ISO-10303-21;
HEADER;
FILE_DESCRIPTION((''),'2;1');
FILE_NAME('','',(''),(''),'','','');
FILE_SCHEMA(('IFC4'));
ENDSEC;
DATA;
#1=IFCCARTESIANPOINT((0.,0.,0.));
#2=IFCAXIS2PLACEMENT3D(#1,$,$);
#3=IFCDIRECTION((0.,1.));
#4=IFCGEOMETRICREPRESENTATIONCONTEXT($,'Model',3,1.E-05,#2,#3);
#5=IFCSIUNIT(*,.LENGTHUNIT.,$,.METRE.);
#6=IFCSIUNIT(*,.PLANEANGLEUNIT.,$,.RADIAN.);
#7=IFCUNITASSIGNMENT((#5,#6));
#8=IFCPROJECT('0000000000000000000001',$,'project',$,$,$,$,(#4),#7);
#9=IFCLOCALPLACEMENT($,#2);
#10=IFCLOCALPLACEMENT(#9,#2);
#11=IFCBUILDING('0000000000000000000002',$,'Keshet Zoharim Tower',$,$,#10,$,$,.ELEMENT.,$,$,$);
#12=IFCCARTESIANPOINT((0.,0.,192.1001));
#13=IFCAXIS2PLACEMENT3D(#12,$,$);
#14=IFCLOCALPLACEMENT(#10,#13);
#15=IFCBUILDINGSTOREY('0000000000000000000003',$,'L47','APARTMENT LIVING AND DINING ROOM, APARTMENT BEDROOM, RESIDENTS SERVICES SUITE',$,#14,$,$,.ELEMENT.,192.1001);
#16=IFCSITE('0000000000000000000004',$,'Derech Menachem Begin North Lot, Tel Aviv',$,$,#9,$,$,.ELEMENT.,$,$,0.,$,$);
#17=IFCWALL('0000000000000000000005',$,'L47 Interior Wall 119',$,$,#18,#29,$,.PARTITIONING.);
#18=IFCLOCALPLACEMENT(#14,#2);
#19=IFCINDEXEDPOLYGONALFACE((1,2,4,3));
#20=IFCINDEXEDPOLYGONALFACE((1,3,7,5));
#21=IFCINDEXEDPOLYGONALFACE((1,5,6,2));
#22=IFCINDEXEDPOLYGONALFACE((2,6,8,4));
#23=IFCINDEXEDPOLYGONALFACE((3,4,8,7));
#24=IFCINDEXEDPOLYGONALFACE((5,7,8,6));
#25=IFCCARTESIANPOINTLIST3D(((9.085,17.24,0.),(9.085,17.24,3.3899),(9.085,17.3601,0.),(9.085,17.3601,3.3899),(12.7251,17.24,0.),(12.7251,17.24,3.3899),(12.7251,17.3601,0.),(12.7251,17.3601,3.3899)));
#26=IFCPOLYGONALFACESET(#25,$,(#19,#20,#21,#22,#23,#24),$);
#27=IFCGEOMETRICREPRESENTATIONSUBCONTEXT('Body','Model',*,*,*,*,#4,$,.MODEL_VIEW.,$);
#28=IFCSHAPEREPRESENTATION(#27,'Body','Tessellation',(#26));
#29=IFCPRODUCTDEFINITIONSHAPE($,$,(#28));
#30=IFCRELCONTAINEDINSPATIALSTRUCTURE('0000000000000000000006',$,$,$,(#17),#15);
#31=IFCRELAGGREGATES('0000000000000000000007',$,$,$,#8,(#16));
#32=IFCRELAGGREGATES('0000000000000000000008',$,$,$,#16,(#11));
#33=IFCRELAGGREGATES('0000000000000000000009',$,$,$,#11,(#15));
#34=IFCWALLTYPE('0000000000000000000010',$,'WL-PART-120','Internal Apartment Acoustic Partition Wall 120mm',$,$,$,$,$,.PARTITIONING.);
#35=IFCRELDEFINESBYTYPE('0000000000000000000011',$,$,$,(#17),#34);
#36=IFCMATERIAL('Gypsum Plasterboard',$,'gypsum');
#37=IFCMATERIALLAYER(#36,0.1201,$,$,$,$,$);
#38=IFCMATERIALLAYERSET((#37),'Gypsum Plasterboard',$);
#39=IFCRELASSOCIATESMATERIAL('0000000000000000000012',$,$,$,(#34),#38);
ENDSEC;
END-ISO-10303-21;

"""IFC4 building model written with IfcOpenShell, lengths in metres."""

from ifc_helpers import new_model, si_unit, direction, frame, frame_2d, origin, place, context, subcontext, project, spatial, rectangle, extrude, material, layer, layer_set, type_object, element, save


model = new_model("IFC4")

# Units and contexts
model_context = context("Model", 3, precision=1e-05, world=origin(), true_north=direction((0.0, 1.0)))
body_context = subcontext(model_context, "Body", "Model", "MODEL_VIEW")
ifc_project = project(units=[si_unit("LENGTHUNIT", "METRE"), si_unit("PLANEANGLEUNIT", "RADIAN")], contexts=[model_context])

# Site, building, storey
site_placement = place(None, origin())
site = spatial("IfcSite", under=ifc_project, at=site_placement, Name="Derech Menachem Begin North Lot, Tel Aviv", CompositionType="ELEMENT", RefElevation=0.0)
building_placement = place(site_placement, origin())
building = spatial("IfcBuilding", under=site, at=building_placement, Name="Keshet Zoharim Tower", CompositionType="ELEMENT")
storey_placement = place(building_placement, frame((0.0, 0.0, 192.1001)))
storey = spatial("IfcBuildingStorey", under=building, at=storey_placement, Name="L47", Description="APARTMENT LIVING AND DINING ROOM, APARTMENT BEDROOM, RESIDENTS SERVICES SUITE", CompositionType="ELEMENT", Elevation=192.1001)

# Shared definitions
ifc_material_1 = material(Name="Gypsum Plasterboard", Category="gypsum")

# Wall
ifc_layer_1 = layer(ifc_material_1, 0.1201)
ifc_layer_set_1 = layer_set([ifc_layer_1], Name="Gypsum Plasterboard")
wall_type_1 = type_object("IfcWallType", Name="WL-PART-120", Description="Internal Apartment Acoustic Partition Wall 120mm", PredefinedType="PARTITIONING", material=ifc_layer_set_1)
wall_1_placement = place(storey_placement, frame((9.085, 17.3, 0.0), z_axis=(0.0, 0.0, 1.0), x_axis=(1.0, 0.0, 0.0)))
element("IfcWall", 1, at=wall_1_placement, inside=storey, type_object=wall_type_1, Name="L47 Interior Wall 119", PredefinedType="PARTITIONING", context=body_context, shape_type="SweptSolid", body=[
    extrude(rectangle(XDim=3.6401, YDim=0.1201, at=frame_2d((1.8201, 0.0))), origin(), (0.0, 0.0, 1.0), 3.3899),
])

save(model, "model.ifc")
